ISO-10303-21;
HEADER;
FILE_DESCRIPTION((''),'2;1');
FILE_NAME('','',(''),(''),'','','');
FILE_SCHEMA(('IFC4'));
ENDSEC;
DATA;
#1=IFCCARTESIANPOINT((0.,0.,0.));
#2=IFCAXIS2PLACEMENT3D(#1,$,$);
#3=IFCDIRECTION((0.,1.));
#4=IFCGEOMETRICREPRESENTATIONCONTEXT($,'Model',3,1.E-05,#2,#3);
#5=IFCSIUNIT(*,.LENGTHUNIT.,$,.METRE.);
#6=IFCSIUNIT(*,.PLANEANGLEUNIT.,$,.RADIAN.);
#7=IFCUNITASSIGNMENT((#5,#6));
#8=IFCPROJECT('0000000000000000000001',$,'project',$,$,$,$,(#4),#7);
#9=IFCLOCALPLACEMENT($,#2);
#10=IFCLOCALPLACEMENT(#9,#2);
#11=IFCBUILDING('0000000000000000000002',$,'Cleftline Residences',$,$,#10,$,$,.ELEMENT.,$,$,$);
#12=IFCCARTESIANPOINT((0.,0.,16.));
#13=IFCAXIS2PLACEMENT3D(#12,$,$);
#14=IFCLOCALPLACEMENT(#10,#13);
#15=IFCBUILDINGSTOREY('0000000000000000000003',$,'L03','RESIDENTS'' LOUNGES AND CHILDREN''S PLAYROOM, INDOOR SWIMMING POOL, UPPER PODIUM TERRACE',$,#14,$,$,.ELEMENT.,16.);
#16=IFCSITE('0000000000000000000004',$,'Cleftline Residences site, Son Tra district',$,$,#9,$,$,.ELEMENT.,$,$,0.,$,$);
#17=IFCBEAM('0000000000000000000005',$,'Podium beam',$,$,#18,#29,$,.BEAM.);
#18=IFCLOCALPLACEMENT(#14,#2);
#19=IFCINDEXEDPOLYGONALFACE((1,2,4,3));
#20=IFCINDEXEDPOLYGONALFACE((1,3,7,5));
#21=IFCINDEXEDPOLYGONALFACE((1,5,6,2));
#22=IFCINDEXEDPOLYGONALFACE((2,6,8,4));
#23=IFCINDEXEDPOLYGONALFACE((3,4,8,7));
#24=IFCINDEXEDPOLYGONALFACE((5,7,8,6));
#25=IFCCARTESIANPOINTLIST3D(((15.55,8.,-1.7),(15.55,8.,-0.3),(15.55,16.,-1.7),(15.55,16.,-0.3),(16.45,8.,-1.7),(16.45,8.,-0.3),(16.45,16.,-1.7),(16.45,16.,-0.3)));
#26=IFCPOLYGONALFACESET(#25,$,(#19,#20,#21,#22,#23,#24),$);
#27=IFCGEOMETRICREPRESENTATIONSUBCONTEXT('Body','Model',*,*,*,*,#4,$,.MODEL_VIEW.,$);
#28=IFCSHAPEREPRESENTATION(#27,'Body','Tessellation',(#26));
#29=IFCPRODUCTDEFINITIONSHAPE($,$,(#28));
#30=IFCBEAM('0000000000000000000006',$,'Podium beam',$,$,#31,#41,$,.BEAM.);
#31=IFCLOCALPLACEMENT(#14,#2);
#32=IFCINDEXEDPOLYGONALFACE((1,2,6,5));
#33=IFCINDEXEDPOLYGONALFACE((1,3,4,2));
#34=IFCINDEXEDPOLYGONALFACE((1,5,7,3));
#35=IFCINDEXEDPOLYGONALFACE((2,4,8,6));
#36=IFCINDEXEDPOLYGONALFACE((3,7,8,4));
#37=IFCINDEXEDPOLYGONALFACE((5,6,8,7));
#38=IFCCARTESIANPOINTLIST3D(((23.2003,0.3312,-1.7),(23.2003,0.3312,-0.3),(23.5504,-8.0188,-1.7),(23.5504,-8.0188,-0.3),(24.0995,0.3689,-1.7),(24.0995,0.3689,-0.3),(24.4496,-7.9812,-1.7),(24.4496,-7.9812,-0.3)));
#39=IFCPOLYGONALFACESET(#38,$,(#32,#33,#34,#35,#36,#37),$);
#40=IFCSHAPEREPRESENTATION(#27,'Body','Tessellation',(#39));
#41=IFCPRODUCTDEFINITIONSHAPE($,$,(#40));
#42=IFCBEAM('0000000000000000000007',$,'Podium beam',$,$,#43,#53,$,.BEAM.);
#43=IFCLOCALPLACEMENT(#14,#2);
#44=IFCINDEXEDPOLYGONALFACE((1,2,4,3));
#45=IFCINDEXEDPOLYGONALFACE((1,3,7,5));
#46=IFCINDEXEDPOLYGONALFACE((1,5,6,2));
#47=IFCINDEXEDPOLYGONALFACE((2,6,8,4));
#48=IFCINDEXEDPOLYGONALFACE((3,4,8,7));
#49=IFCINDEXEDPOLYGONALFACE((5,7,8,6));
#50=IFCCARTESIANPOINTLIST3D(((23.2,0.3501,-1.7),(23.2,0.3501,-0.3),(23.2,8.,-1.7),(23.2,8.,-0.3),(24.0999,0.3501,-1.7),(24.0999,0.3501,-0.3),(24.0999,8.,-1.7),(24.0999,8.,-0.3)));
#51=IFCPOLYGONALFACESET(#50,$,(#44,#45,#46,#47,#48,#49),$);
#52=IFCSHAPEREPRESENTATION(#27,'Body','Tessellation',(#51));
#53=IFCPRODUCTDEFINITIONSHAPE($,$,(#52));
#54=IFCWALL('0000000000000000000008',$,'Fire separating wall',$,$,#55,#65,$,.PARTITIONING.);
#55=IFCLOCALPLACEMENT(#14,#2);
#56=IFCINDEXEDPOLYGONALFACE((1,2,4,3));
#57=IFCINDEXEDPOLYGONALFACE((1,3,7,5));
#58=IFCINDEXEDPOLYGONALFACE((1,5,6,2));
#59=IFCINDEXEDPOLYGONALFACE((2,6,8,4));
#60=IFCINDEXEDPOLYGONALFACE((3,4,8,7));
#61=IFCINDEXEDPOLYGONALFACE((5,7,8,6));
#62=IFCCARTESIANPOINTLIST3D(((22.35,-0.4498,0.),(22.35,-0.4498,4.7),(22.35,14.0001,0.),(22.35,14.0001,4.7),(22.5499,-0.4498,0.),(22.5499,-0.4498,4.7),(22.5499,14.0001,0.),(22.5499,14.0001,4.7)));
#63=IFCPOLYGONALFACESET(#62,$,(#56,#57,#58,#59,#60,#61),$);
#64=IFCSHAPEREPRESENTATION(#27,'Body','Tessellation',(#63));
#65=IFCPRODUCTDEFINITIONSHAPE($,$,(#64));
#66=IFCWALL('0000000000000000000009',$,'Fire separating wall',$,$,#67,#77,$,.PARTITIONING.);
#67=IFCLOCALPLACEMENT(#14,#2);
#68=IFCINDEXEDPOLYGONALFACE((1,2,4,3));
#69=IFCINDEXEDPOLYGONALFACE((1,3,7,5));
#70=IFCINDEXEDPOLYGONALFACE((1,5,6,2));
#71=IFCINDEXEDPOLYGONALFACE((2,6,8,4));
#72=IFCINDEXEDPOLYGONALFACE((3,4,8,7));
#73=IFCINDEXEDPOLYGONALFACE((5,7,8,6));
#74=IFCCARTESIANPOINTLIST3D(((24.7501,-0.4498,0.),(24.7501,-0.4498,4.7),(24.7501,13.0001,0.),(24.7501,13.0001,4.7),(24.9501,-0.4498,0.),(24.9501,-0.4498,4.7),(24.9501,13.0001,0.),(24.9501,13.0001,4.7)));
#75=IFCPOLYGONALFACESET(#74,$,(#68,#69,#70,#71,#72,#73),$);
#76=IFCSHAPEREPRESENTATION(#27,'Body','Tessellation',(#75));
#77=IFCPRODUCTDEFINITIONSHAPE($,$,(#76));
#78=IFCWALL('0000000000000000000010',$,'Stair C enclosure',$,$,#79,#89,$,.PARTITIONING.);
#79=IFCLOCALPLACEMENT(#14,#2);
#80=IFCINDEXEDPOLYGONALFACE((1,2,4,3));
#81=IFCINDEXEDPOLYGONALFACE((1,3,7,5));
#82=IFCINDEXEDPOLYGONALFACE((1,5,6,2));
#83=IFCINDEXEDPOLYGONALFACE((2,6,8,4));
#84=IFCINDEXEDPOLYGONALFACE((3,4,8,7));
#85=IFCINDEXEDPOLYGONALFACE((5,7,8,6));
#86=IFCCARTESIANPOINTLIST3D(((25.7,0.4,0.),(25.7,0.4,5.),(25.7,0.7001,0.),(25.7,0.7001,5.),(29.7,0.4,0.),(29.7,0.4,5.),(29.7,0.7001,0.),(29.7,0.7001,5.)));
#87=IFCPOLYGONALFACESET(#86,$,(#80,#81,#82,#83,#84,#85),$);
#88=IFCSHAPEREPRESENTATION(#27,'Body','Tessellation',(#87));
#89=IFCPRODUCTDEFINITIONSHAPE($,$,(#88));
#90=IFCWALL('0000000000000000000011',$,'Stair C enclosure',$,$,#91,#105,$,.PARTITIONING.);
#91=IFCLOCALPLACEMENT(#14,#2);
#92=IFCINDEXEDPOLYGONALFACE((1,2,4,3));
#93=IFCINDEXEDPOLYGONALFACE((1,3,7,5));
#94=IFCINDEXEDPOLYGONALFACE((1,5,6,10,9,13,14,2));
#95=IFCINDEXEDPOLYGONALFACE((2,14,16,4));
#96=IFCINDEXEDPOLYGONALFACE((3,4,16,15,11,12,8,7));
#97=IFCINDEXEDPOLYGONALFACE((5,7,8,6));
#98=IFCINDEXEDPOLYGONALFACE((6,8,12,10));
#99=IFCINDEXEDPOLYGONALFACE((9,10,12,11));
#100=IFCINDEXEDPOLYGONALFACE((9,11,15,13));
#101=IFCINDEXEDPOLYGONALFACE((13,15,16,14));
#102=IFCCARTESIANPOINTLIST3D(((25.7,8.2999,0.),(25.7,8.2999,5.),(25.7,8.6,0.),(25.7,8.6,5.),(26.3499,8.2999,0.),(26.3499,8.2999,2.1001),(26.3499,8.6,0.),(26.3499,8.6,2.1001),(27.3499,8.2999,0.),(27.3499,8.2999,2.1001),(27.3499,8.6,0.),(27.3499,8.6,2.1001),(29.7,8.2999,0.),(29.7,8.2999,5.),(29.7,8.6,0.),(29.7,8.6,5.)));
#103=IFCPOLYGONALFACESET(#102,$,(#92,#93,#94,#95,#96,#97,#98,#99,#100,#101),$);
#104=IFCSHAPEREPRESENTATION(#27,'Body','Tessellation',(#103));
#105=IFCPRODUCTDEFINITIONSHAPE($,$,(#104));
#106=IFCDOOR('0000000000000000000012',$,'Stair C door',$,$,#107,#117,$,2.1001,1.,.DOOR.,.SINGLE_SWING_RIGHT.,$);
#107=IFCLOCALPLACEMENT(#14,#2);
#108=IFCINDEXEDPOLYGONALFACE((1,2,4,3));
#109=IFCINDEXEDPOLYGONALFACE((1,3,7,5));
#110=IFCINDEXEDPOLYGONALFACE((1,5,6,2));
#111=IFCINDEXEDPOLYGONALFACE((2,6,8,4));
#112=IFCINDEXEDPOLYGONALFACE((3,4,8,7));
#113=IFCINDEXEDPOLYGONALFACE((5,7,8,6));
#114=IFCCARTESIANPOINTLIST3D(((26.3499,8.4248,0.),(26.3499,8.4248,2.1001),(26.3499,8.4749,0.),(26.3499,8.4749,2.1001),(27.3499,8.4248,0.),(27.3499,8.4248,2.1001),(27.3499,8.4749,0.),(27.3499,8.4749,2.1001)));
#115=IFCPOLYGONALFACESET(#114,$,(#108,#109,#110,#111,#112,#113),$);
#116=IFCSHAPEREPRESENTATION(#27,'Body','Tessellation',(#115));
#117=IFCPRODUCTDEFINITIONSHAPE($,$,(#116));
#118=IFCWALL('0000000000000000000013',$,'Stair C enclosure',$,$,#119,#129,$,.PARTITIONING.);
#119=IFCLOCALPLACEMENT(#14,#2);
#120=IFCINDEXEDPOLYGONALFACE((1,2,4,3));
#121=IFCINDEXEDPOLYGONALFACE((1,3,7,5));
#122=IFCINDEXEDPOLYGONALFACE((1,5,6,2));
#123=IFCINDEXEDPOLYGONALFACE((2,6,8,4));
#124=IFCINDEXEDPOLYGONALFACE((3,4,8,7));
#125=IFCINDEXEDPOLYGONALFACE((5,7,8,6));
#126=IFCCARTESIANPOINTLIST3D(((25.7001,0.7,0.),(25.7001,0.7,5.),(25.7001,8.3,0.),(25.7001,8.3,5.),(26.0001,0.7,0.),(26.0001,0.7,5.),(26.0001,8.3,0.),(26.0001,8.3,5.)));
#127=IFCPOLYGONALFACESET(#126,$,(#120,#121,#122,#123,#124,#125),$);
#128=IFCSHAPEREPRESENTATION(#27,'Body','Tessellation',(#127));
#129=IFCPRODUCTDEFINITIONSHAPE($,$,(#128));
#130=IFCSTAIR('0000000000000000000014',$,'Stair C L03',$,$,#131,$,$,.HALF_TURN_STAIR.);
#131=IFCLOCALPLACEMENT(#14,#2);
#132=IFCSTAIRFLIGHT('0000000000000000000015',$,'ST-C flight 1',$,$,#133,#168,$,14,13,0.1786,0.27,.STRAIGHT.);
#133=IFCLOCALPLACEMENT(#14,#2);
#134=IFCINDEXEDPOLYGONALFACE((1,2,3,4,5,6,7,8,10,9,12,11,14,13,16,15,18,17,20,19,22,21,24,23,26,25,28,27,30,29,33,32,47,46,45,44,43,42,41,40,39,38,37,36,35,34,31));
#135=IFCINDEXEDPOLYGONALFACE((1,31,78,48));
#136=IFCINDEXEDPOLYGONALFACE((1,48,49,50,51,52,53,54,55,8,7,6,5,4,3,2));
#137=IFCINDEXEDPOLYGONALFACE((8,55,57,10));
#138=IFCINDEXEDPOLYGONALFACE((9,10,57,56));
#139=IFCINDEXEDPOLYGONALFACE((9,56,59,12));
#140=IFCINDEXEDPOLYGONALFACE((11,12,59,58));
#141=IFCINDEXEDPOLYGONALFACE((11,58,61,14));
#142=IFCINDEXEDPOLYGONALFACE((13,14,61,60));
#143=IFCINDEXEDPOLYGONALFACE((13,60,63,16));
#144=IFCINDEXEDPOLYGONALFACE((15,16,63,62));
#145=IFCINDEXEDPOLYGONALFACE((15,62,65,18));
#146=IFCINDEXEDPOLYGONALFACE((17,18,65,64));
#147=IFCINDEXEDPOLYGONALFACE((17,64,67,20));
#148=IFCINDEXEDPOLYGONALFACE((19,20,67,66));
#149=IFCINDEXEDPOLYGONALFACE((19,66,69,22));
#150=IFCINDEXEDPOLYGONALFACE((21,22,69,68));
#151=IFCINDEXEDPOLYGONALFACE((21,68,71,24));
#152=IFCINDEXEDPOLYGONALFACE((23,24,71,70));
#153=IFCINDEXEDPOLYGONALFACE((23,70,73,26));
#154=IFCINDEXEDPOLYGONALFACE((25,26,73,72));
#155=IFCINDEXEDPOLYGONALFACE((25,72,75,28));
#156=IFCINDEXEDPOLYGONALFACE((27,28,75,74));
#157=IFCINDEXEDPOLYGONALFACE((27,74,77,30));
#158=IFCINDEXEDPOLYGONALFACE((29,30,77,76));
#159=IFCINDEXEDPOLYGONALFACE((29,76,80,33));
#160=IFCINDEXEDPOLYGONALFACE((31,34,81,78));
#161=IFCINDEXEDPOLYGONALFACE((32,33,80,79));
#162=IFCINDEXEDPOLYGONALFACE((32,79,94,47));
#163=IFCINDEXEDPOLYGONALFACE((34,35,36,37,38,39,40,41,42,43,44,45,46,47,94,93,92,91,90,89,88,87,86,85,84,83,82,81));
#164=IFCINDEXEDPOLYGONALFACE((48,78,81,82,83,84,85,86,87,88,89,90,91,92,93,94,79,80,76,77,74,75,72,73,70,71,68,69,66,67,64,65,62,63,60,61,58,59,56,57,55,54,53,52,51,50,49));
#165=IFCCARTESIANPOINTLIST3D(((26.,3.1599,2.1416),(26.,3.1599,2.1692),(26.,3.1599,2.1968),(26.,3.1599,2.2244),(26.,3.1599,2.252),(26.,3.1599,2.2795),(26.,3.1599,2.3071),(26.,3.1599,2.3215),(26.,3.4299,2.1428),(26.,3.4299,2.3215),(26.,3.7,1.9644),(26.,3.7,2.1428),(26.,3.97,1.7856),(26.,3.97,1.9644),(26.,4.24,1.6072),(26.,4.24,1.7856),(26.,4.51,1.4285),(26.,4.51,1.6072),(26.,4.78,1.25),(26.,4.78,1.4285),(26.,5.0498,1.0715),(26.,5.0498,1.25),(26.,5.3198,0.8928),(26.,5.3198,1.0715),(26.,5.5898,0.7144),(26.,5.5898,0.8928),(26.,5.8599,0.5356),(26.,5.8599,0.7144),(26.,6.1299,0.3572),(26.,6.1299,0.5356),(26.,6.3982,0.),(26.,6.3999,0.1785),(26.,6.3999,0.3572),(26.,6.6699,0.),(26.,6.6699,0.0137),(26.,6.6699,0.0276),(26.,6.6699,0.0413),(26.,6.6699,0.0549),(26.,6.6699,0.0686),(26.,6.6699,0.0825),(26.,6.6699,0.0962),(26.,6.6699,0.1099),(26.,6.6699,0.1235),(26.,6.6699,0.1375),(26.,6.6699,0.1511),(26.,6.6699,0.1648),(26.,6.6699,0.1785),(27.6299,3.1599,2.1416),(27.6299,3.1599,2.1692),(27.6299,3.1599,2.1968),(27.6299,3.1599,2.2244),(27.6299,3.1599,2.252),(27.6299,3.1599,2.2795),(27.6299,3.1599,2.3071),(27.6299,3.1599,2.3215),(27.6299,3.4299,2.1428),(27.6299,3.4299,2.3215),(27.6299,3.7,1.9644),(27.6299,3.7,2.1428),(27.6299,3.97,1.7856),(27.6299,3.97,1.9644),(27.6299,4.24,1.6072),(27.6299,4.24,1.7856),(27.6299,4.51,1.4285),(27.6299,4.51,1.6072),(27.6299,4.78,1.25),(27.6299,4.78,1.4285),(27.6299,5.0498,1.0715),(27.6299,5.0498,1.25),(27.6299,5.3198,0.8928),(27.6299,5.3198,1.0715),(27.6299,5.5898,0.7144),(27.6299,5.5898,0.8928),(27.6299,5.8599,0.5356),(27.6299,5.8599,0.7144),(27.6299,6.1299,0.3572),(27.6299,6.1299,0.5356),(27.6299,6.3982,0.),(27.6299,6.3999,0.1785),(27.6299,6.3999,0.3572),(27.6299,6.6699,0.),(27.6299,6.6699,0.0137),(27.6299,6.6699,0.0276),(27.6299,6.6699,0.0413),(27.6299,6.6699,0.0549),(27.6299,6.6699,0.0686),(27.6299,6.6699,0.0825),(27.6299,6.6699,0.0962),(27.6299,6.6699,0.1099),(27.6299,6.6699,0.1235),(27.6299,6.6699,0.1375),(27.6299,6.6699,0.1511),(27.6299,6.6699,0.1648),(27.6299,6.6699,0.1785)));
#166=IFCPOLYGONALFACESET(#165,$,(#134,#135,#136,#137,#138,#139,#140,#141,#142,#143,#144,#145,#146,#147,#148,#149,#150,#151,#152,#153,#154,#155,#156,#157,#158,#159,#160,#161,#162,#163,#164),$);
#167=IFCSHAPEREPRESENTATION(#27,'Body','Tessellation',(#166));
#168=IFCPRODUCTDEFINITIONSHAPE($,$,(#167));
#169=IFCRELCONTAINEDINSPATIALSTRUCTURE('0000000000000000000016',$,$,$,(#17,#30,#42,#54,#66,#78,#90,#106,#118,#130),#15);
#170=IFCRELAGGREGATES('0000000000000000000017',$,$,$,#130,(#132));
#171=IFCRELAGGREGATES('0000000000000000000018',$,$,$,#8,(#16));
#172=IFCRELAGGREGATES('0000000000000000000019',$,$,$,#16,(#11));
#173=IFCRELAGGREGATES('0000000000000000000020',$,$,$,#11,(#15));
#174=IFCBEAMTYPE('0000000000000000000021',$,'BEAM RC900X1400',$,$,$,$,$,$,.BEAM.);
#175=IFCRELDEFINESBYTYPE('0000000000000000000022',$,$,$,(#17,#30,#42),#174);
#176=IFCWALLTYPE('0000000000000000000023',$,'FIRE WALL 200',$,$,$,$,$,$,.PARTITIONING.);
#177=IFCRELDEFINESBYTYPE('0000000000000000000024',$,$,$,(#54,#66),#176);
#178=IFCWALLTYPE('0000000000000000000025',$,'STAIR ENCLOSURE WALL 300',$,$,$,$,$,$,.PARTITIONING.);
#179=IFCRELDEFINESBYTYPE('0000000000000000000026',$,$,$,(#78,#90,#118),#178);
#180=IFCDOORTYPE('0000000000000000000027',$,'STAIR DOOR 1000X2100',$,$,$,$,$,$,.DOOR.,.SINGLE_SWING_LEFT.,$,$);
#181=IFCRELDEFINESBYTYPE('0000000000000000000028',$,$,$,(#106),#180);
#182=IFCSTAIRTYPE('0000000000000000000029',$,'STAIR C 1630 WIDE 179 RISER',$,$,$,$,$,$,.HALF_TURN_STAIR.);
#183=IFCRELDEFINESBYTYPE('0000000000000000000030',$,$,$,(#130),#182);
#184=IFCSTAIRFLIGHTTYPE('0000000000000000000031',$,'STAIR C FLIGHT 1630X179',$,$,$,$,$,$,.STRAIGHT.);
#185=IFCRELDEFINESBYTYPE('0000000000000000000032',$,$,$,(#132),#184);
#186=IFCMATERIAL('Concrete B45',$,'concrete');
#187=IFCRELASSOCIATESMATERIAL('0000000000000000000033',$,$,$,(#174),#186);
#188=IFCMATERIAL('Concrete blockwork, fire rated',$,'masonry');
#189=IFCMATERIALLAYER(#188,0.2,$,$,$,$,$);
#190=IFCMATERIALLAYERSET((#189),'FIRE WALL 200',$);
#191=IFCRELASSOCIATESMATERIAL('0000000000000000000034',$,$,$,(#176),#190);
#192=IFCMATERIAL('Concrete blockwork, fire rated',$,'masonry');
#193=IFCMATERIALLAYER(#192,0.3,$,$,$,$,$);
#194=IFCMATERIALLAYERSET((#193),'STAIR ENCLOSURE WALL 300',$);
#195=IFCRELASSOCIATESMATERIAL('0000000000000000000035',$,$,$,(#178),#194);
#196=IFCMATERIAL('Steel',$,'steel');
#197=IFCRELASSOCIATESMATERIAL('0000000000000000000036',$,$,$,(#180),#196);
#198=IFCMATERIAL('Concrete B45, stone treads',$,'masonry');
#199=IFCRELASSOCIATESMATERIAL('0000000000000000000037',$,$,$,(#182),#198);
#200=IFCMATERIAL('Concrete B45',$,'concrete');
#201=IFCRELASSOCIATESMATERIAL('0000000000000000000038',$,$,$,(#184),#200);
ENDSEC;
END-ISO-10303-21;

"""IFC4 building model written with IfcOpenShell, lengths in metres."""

from ifc_helpers import new_model, si_unit, direction, frame, frame_2d, origin, origin_2d, place, context, subcontext, project, spatial, polyline, rectangle, outline, extrude, material, layer, layer_set, material_profile, profile_set, type_object, element, fill, aggregate, save


model = new_model("IFC4")

# Units and contexts
model_context = context("Model", 3, precision=1e-05, world=origin(), true_north=direction((0.0, 1.0)))
body_context = subcontext(model_context, "Body", "Model", "MODEL_VIEW")
ifc_project = project(units=[si_unit("LENGTHUNIT", "METRE"), si_unit("PLANEANGLEUNIT", "RADIAN")], contexts=[model_context])

# Site, building, storey
site_placement = place(None, origin())
site = spatial("IfcSite", under=ifc_project, at=site_placement, Name="Cleftline Residences site, Son Tra district", CompositionType="ELEMENT", RefElevation=0.0)
building_placement = place(site_placement, origin())
building = spatial("IfcBuilding", under=site, at=building_placement, Name="Cleftline Residences", CompositionType="ELEMENT")
storey_placement = place(building_placement, frame((0.0, 0.0, 16.0)))
storey = spatial("IfcBuildingStorey", under=building, at=storey_placement, Name="L03", Description="RESIDENTS' LOUNGES AND CHILDREN'S PLAYROOM, INDOOR SWIMMING POOL, UPPER PODIUM TERRACE", CompositionType="ELEMENT", Elevation=16.0)

# Beams
ifc_material_1 = material(Name="Concrete B45", Category="concrete")
ifc_material_profile_1 = material_profile(ifc_material_1, rectangle(XDim=0.8999, YDim=1.3999, at=origin_2d()))
ifc_profile_set_1 = profile_set([ifc_material_profile_1], Name="Concrete B45")
beam_type = type_object("IfcBeamType", Name="BEAM RC900X1400", PredefinedType="BEAM", material=ifc_profile_set_1)
beam_1_placement = place(storey_placement, frame((16.0, 8.0, -1.0), z_axis=(0.0, 1.0, 0.0), x_axis=(-1.0, 0.0, 0.0)))
element("IfcBeam", 1, at=beam_1_placement, inside=storey, type_object=beam_type, Name="Podium beam", PredefinedType="BEAM", context=body_context, shape_type="SweptSolid", body=[
    extrude(rectangle(XDim=0.8999, YDim=1.3999, at=origin_2d()), origin(), (0.0, 0.0, 1.0), 8.0),
])
beam_2_placement = place(storey_placement, frame((24.0, -8.0, -1.0), z_axis=(-0.041891, 0.999122, 0.0), x_axis=(-0.999122, -0.041891, 0.0)))
element("IfcBeam", 2, at=beam_2_placement, inside=storey, type_object=beam_type, Name="Podium beam", PredefinedType="BEAM", context=body_context, shape_type="SweptSolid", body=[
    extrude(rectangle(XDim=0.8999, YDim=1.3999, at=origin_2d()), origin(), (0.0, 0.0, 1.0), 8.3574),
])
beam_3_placement = place(storey_placement, frame((23.6499, 0.3501, -1.0), z_axis=(0.0, 1.0, 0.0), x_axis=(-1.0, 0.0, 0.0)))
element("IfcBeam", 3, at=beam_3_placement, inside=storey, type_object=beam_type, Name="Podium beam", PredefinedType="BEAM", context=body_context, shape_type="SweptSolid", body=[
    extrude(rectangle(XDim=0.8999, YDim=1.3999, at=origin_2d()), origin(), (0.0, 0.0, 1.0), 7.6499),
])

# Walls
ifc_material_2 = material(Name="Concrete blockwork, fire rated", Category="masonry")
ifc_layer_1 = layer(ifc_material_2, 0.2)
ifc_layer_set_1 = layer_set([ifc_layer_1], Name="FIRE WALL 200")
wall_type_1 = type_object("IfcWallType", Name="FIRE WALL 200", PredefinedType="PARTITIONING", material=ifc_layer_set_1)
wall_1_placement = place(storey_placement, frame((22.45, -0.45, 0.0), z_axis=(0.0, 0.0, 1.0), x_axis=(0.0, 1.0, 0.0)))
element("IfcWall", 4, at=wall_1_placement, inside=storey, type_object=wall_type_1, Name="Fire separating wall", PredefinedType="PARTITIONING", context=body_context, shape_type="SweptSolid", body=[
    extrude(rectangle(XDim=14.45, YDim=0.2, at=frame_2d((7.2251, 0.0))), origin(), (0.0, 0.0, 1.0), 4.7),
])
wall_2_placement = place(storey_placement, frame((24.8501, -0.45, 0.0), z_axis=(0.0, 0.0, 1.0), x_axis=(0.0, 1.0, 0.0)))
element("IfcWall", 5, at=wall_2_placement, inside=storey, type_object=wall_type_1, Name="Fire separating wall", PredefinedType="PARTITIONING", context=body_context, shape_type="SweptSolid", body=[
    extrude(rectangle(XDim=13.45, YDim=0.2, at=frame_2d((6.7251, 0.0))), origin(), (0.0, 0.0, 1.0), 4.7),
])
ifc_material_3 = material(Name="Concrete blockwork, fire rated", Category="masonry")
ifc_layer_2 = layer(ifc_material_3, 0.3)
ifc_layer_set_2 = layer_set([ifc_layer_2], Name="STAIR ENCLOSURE WALL 300")
wall_type_2 = type_object("IfcWallType", Name="STAIR ENCLOSURE WALL 300", PredefinedType="PARTITIONING", material=ifc_layer_set_2)
wall_3_placement = place(storey_placement, frame((25.7, 0.55, 0.0), z_axis=(0.0, 0.0, 1.0), x_axis=(1.0, 0.0, 0.0)))
element("IfcWall", 6, at=wall_3_placement, inside=storey, type_object=wall_type_2, Name="Stair C enclosure", PredefinedType="PARTITIONING", context=body_context, shape_type="SweptSolid", body=[
    extrude(rectangle(XDim=4.0, YDim=0.3, at=frame_2d((2.0, 0.0))), origin(), (0.0, 0.0, 1.0), 5.0),
])

# Wall, opening, door
wall_4_placement = place(storey_placement, frame((25.7, 8.45, 0.0), z_axis=(0.0, 0.0, 1.0), x_axis=(1.0, 0.0, 0.0)))
wall_4 = element("IfcWall", 7, at=wall_4_placement, inside=storey, type_object=wall_type_2, Name="Stair C enclosure", PredefinedType="PARTITIONING", context=body_context, shape_type="SweptSolid", body=[
    extrude(rectangle(XDim=4.0, YDim=0.3, at=frame_2d((2.0, 0.0))), origin(), (0.0, 0.0, 1.0), 5.0),
])
opening_placement = place(wall_4_placement, frame((0.6499, 0.0, 0.0)))
opening = element("IfcOpeningElement", 8, at=opening_placement, cuts=wall_4, PredefinedType="OPENING", context=body_context, shape_type="SweptSolid", body=[
    extrude(rectangle(XDim=1.0, YDim=2.1001, at=frame_2d((0.5, 1.05))), frame((0.0, 0.1599, 0.0), z_axis=(0.0, -1.0, 0.0), x_axis=(1.0, 0.0, 0.0)), (0.0, 0.0, 1.0), 0.3201),
])
ifc_material_4 = material(Name="Steel", Category="steel")
door_type = type_object("IfcDoorType", Name="STAIR DOOR 1000X2100", OperationType="SINGLE_SWING_LEFT", PredefinedType="DOOR", material=ifc_material_4)
door_placement = place(opening_placement, origin())
door = element("IfcDoor", 9, at=door_placement, inside=storey, type_object=door_type, Name="Stair C door", OperationType="SINGLE_SWING_RIGHT", OverallHeight=2.1001, OverallWidth=1.0, PredefinedType="DOOR", context=body_context, shape_type="SweptSolid", body=[
    extrude(rectangle(XDim=1.0, YDim=2.1001, at=frame_2d((0.5, 1.05))), frame((0.0, 0.0249, 0.0), z_axis=(0.0, -1.0, 0.0), x_axis=(1.0, 0.0, 0.0)), (0.0, 0.0, 1.0), 0.05),
])
fill(opening, door)

# Wall
wall_5_placement = place(storey_placement, frame((25.8501, 0.7, 0.0), z_axis=(0.0, 0.0, 1.0), x_axis=(0.0, 1.0, 0.0)))
element("IfcWall", 10, at=wall_5_placement, inside=storey, type_object=wall_type_2, Name="Stair C enclosure", PredefinedType="PARTITIONING", context=body_context, shape_type="SweptSolid", body=[
    extrude(rectangle(XDim=7.6001, YDim=0.3, at=frame_2d((3.8, 0.0))), origin(), (0.0, 0.0, 1.0), 5.0),
])

# Stair, stair flight
ifc_material_5 = material(Name="Concrete B45, stone treads", Category="masonry")
stair_type = type_object("IfcStairType", Name="STAIR C 1630 WIDE 179 RISER", PredefinedType="HALF_TURN_STAIR", material=ifc_material_5)
stair_placement = place(storey_placement, origin())
stair = element("IfcStair", 11, at=stair_placement, inside=storey, type_object=stair_type, Name="Stair C L03", PredefinedType="HALF_TURN_STAIR")
ifc_material_6 = material(Name="Concrete B45", Category="concrete")
stair_flight_type = type_object("IfcStairFlightType", Name="STAIR C FLIGHT 1630X179", PredefinedType="STRAIGHT", material=ifc_material_6)
stair_flight_placement = place(storey_placement, frame((26.8149, 6.6699, 0.0), z_axis=(0.0, 0.0, 1.0), x_axis=(0.0, -1.0, 0.0)))
stair_flight = element("IfcStairFlight", 12, at=stair_flight_placement, type_object=stair_flight_type, Name="ST-C flight 1", NumberOfRisers=14, NumberOfTreads=13, PredefinedType="STRAIGHT", RiserHeight=0.1786, TreadLength=0.27, context=body_context, shape_type="SweptSolid", body=[
    extrude(outline(polyline([(0.0, 0.0), (0.0, 0.0137), (0.0, 0.0276), (0.0, 0.0413), (0.0, 0.0549), (0.0, 0.0686), (0.0, 0.0825), (0.0, 0.0962), (0.0, 0.1099), (0.0, 0.1235), (0.0, 0.1375), (0.0, 0.1511), (0.0, 0.1648), (0.0, 0.1785), (0.27, 0.1785), (0.27, 0.3572), (0.54, 0.3572), (0.54, 0.5356), (0.8101, 0.5356), (0.8101, 0.7144), (1.0801, 0.7144), (1.0801, 0.8928), (1.3501, 0.8928), (1.3501, 1.0715), (1.6201, 1.0715), (1.6201, 1.25), (1.8899, 1.25), (1.8899, 1.4285), (2.1599, 1.4285), (2.1599, 1.6072), (2.4299, 1.6072), (2.4299, 1.7856), (2.7, 1.7856), (2.7, 1.9644), (2.97, 1.9644), (2.97, 2.1428), (3.24, 2.1428), (3.24, 2.3215), (3.51, 2.3215), (3.51, 2.5), (3.51, 2.4724), (3.51, 2.4448), (3.51, 2.4172), (3.51, 2.3896), (3.51, 2.3623), (3.51, 2.3347), (3.51, 2.3071), (3.51, 2.2795), (3.51, 2.252), (3.51, 2.2244), (3.51, 2.1968), (3.51, 2.1692), (3.51, 2.1416), (0.2717, 0.0), (0.0, 0.0)])), frame((0.0, 0.8149, 0.0), z_axis=(0.0, -1.0, 0.0), x_axis=(1.0, 0.0, 0.0)), (0.0, 0.0, 1.0), 1.6299),
])
aggregate(stair, [stair_flight])

save(model, "model.ifc")
